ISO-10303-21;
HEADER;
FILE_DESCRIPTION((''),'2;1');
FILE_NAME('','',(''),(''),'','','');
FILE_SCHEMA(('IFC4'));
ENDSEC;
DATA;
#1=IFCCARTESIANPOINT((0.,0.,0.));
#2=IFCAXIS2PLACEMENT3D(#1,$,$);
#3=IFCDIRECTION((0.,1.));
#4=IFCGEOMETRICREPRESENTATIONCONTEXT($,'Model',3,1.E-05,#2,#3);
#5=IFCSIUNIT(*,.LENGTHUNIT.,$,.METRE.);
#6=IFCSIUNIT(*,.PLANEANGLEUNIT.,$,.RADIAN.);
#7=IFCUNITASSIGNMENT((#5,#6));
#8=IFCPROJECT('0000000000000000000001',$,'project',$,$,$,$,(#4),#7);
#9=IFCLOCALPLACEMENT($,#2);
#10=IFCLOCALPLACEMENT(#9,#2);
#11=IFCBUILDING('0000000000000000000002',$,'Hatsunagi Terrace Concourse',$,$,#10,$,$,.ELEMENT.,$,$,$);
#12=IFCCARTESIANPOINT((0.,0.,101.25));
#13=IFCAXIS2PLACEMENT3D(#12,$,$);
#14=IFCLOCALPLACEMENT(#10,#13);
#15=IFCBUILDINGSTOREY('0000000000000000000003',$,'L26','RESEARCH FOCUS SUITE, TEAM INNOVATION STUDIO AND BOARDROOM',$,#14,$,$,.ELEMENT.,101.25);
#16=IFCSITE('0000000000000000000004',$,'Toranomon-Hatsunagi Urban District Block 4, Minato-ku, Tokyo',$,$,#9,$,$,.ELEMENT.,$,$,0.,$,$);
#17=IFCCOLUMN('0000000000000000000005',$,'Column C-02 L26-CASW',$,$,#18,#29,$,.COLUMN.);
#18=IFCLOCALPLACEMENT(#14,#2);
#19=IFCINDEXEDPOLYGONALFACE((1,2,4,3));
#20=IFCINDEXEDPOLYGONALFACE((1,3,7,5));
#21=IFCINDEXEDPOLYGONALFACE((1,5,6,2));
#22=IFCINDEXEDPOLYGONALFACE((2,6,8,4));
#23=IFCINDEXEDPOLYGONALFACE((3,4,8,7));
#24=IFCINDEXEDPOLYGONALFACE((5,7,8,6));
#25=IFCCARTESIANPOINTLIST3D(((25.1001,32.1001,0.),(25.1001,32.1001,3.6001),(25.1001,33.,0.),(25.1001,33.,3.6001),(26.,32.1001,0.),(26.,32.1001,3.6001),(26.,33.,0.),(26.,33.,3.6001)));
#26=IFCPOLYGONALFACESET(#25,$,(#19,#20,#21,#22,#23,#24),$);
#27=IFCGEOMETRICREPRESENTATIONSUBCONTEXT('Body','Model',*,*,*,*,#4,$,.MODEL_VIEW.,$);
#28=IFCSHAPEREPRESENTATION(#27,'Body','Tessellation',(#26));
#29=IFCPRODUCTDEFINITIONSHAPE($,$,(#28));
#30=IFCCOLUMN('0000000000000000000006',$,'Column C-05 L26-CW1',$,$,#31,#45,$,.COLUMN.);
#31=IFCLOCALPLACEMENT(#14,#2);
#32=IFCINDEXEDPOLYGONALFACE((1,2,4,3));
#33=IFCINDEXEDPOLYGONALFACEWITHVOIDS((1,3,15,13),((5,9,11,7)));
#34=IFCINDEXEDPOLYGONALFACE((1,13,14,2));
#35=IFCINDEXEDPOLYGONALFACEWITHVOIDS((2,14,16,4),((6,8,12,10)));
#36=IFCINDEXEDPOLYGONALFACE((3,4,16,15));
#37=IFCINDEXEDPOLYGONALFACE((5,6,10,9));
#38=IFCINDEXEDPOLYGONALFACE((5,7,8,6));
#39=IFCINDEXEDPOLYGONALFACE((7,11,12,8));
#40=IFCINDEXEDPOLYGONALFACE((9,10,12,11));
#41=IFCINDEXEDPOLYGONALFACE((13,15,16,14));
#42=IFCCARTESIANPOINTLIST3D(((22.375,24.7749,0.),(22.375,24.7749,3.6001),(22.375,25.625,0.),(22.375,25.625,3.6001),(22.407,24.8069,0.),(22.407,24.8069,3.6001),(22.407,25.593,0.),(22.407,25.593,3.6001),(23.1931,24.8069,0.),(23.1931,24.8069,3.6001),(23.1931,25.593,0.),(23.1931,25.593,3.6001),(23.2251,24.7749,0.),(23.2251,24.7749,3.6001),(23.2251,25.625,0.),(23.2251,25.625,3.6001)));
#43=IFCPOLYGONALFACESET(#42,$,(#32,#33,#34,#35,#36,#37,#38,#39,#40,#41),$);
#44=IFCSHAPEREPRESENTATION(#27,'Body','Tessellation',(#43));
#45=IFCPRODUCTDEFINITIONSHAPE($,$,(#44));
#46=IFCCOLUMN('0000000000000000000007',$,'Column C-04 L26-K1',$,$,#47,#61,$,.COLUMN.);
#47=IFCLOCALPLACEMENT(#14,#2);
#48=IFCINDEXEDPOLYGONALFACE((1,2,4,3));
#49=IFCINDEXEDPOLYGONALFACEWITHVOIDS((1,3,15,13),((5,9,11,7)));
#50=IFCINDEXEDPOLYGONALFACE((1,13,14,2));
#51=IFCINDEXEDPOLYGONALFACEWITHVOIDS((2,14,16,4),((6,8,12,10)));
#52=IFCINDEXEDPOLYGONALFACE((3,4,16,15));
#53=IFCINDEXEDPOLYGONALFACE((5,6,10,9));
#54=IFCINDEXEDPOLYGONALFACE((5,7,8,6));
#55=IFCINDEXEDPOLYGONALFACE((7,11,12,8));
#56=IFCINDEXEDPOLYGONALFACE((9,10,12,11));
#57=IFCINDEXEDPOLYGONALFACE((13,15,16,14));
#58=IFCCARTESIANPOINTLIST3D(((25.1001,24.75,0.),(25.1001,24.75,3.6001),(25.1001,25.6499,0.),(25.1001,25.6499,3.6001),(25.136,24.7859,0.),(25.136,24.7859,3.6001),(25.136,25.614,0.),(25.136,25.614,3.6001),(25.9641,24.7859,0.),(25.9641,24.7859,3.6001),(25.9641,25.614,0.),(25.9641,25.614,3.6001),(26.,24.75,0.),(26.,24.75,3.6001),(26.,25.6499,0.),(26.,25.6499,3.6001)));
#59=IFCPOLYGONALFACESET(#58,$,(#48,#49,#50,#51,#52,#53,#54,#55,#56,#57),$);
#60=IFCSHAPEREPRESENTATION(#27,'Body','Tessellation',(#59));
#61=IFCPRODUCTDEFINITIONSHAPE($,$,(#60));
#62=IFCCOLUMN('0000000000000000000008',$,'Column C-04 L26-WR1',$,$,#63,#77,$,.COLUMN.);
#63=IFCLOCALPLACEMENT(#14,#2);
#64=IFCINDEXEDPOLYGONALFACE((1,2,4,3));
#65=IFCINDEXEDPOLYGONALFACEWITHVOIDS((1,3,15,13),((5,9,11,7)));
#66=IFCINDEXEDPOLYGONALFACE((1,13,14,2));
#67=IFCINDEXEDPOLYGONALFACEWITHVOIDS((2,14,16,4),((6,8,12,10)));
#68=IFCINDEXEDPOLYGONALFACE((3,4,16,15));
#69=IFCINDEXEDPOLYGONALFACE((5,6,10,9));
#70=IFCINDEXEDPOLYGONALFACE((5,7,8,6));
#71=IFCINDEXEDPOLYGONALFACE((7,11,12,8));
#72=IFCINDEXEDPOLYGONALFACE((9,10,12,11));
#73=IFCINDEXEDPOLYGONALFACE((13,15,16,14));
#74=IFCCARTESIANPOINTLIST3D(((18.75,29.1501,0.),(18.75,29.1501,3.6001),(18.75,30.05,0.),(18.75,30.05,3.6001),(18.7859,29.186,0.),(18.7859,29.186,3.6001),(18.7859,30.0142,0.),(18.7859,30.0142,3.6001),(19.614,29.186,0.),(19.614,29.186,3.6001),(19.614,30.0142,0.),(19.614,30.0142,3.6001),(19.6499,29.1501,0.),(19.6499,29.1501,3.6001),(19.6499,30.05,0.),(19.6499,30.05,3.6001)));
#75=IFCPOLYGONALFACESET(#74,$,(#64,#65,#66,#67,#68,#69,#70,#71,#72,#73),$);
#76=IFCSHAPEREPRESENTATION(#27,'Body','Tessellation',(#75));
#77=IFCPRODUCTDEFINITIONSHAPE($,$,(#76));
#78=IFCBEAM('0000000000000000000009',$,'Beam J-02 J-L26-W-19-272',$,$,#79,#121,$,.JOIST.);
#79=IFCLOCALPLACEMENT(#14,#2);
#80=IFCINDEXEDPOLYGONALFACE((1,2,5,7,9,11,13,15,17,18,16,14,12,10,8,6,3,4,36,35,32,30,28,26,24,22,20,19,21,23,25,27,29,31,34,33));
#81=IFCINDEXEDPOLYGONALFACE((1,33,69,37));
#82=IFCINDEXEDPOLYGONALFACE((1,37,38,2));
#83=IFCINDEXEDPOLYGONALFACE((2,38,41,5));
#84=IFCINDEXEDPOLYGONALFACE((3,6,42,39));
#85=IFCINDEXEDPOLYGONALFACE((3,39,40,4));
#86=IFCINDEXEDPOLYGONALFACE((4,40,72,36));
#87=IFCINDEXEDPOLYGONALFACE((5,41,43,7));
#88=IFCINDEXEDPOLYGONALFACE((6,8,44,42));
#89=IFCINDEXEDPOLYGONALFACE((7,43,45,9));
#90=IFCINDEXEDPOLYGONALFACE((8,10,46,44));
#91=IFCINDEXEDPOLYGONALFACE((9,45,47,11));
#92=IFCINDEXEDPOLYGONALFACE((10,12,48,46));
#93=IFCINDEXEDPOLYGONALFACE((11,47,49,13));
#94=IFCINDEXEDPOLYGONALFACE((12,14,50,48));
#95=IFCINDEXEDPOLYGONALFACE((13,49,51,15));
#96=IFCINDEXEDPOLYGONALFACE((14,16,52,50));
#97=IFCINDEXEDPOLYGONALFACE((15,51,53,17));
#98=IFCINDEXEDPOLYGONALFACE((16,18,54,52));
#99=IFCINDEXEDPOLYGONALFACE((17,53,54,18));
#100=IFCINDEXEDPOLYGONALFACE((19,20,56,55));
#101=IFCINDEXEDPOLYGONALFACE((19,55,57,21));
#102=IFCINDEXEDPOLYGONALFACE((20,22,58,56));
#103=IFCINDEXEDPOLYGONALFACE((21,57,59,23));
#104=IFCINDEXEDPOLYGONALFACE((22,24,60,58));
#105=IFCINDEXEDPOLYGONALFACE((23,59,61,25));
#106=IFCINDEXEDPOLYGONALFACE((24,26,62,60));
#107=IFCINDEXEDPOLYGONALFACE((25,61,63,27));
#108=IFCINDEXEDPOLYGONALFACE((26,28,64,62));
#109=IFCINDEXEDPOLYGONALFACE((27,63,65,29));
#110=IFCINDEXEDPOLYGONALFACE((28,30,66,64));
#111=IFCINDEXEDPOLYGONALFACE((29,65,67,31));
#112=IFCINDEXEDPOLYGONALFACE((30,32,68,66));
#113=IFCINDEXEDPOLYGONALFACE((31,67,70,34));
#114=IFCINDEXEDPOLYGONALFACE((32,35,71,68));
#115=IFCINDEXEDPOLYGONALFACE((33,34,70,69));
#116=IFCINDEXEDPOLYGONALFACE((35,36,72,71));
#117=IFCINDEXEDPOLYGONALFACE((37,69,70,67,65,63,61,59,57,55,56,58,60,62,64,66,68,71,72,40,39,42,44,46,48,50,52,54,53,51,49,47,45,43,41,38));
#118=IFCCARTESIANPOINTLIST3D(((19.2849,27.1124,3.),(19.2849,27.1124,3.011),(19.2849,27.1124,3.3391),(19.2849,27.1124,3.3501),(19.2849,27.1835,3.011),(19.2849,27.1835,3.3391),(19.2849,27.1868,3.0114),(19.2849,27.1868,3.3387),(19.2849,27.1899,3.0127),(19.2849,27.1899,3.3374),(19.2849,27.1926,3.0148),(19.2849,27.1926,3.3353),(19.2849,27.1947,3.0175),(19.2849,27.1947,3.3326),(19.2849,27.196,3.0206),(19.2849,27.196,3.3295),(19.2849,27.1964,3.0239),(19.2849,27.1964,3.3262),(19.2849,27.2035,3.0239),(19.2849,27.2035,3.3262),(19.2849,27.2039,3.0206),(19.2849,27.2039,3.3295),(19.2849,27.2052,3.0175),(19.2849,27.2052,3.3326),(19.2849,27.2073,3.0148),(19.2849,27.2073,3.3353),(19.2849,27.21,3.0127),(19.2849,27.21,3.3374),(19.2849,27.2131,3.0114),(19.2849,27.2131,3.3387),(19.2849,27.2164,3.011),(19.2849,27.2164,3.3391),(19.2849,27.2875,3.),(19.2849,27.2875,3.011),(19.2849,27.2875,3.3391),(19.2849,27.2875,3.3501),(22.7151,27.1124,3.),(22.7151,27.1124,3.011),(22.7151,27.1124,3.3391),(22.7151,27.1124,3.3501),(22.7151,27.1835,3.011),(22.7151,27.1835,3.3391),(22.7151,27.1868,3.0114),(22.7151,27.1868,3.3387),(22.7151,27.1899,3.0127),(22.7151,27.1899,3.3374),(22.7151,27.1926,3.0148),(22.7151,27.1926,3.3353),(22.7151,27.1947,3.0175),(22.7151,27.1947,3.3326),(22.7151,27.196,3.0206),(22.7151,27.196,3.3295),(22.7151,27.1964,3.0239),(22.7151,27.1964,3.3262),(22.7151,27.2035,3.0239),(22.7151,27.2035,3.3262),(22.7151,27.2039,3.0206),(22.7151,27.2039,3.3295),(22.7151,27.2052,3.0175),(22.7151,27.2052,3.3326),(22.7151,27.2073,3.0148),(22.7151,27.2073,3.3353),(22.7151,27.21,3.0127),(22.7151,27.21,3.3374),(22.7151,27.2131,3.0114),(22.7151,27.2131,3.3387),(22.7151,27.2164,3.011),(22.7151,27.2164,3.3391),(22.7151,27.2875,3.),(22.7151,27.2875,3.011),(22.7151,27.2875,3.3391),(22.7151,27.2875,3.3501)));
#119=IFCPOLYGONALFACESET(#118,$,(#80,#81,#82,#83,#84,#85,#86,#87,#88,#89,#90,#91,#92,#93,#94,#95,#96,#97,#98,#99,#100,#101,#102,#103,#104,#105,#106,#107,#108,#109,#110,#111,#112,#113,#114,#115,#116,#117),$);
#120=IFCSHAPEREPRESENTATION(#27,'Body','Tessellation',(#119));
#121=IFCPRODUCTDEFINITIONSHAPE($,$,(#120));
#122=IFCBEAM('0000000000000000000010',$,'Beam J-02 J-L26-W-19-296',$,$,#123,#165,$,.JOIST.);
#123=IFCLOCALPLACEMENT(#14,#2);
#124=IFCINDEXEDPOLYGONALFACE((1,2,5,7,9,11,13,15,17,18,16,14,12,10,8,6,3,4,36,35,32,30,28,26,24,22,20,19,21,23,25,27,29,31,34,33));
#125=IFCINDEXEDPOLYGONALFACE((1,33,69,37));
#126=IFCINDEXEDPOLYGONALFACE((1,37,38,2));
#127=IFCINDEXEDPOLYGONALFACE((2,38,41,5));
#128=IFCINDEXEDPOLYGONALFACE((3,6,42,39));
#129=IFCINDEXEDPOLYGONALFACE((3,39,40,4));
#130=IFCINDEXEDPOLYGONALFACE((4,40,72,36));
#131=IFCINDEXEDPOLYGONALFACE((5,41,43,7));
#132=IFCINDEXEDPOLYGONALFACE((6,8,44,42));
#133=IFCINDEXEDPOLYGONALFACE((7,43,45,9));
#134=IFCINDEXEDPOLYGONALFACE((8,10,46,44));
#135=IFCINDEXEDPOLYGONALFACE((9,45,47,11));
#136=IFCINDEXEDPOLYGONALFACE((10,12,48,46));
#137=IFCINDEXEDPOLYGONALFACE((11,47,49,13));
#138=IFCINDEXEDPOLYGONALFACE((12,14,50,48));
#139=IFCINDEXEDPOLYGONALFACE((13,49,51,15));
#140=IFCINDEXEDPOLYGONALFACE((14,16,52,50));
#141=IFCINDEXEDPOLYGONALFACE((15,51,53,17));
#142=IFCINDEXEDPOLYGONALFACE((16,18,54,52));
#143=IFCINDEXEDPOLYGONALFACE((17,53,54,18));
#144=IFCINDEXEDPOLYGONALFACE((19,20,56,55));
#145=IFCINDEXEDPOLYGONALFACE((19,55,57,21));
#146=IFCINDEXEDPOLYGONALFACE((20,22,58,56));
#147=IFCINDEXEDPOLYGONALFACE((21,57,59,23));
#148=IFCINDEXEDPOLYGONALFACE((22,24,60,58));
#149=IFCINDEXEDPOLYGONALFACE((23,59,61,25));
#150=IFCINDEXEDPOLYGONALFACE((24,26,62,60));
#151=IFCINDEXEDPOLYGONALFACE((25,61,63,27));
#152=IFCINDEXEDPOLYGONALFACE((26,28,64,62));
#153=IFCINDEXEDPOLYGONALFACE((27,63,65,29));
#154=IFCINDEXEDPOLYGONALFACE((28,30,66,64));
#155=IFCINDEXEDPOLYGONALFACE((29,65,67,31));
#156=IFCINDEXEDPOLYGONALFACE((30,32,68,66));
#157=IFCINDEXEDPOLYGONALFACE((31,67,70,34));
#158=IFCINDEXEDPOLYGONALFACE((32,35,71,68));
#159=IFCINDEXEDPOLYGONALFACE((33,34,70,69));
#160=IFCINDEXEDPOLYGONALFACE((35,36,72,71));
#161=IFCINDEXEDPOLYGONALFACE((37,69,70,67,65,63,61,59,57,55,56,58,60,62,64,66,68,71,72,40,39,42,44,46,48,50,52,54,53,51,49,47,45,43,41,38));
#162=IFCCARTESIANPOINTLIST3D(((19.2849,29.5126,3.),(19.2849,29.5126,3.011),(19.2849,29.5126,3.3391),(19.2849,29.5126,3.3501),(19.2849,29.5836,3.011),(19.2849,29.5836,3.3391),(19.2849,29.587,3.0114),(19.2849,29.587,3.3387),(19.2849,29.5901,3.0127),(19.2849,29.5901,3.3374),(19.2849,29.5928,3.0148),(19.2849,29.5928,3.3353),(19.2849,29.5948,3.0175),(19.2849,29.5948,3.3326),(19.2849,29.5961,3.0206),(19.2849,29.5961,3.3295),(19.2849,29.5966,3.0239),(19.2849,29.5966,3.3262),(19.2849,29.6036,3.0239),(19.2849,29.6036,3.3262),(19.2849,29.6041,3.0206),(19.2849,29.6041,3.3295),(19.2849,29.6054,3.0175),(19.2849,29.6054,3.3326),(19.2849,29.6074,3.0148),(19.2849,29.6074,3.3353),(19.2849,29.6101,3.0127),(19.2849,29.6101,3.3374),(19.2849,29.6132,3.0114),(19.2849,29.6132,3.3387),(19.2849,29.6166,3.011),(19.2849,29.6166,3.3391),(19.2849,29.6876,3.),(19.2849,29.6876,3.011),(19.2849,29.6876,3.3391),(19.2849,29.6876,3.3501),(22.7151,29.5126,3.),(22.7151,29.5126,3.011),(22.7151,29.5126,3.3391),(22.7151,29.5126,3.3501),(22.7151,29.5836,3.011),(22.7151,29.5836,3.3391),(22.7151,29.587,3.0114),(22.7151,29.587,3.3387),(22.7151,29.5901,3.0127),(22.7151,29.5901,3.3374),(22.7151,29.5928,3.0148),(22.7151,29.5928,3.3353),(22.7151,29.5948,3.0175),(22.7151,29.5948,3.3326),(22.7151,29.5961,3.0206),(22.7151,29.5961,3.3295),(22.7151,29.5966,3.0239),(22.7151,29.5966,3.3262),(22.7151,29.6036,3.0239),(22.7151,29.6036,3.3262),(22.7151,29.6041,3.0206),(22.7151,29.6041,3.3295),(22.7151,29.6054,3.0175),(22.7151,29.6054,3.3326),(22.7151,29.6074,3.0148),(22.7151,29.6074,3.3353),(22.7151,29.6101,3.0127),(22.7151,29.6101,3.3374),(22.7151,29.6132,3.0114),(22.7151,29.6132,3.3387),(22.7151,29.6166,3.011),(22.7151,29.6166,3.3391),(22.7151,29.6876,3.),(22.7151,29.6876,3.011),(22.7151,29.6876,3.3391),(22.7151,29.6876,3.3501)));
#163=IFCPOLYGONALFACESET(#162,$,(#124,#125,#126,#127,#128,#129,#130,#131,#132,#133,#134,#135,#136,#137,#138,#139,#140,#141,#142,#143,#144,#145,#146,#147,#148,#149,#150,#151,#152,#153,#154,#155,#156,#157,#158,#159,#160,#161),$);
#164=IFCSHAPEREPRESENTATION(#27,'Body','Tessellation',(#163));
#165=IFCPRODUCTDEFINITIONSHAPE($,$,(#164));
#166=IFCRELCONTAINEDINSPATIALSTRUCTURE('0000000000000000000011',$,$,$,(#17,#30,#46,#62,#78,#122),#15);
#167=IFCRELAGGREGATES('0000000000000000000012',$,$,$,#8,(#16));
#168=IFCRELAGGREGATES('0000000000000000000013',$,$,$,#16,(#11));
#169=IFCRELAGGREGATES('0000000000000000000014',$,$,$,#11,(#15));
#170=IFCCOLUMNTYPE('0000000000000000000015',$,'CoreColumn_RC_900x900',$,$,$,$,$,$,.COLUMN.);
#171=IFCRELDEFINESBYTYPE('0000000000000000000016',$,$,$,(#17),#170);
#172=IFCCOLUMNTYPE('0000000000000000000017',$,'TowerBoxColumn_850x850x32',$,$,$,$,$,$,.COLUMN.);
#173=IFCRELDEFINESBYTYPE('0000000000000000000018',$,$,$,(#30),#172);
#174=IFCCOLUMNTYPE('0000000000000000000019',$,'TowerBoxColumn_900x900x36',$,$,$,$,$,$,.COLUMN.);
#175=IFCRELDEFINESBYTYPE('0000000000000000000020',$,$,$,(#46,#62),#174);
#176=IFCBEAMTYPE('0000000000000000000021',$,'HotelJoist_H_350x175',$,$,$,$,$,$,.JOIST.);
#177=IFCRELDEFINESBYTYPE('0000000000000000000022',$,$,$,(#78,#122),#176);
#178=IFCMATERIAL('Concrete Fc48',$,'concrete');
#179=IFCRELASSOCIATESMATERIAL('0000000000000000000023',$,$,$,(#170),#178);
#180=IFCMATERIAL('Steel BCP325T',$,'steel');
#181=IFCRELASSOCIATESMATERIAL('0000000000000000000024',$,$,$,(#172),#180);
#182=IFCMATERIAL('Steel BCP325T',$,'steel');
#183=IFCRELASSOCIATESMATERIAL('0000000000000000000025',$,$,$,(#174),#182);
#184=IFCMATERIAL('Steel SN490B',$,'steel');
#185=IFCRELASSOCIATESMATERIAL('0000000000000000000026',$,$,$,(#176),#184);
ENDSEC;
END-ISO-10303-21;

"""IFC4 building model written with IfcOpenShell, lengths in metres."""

from ifc_helpers import new_model, si_unit, direction, frame, origin, origin_2d, place, context, subcontext, project, spatial, rectangle, hollow_rectangle, i_section, extrude, material, material_profile, profile_set, type_object, element, save


model = new_model("IFC4")

# Units and contexts
model_context = context("Model", 3, precision=1e-05, world=origin(), true_north=direction((0.0, 1.0)))
body_context = subcontext(model_context, "Body", "Model", "MODEL_VIEW")
ifc_project = project(units=[si_unit("LENGTHUNIT", "METRE"), si_unit("PLANEANGLEUNIT", "RADIAN")], contexts=[model_context])

# Site, building, storey
site_placement = place(None, origin())
site = spatial("IfcSite", under=ifc_project, at=site_placement, Name="Toranomon-Hatsunagi Urban District Block 4, Minato-ku, Tokyo", CompositionType="ELEMENT", RefElevation=0.0)
building_placement = place(site_placement, origin())
building = spatial("IfcBuilding", under=site, at=building_placement, Name="Hatsunagi Terrace Concourse", CompositionType="ELEMENT")
storey_placement = place(building_placement, frame((0.0, 0.0, 101.25)))
storey = spatial("IfcBuildingStorey", under=building, at=storey_placement, Name="L26", Description="RESEARCH FOCUS SUITE, TEAM INNOVATION STUDIO AND BOARDROOM", CompositionType="ELEMENT", Elevation=101.25)

# Columns
ifc_material_1 = material(Name="Concrete Fc48", Category="concrete")
ifc_material_profile_1 = material_profile(ifc_material_1, rectangle(XDim=0.8999, YDim=0.8999, at=origin_2d()), Name="RC-900x900")
ifc_profile_set_1 = profile_set([ifc_material_profile_1], Name="Concrete Fc48")
column_type_1 = type_object("IfcColumnType", Name="CoreColumn_RC_900x900", PredefinedType="COLUMN", material=ifc_profile_set_1)
column_1_placement = place(storey_placement, frame((25.55, 32.55, 0.0), z_axis=(0.0, 0.0, 1.0), x_axis=(1.0, 0.0, 0.0)))
element("IfcColumn", 1, at=column_1_placement, inside=storey, type_object=column_type_1, Name="Column C-02 L26-CASW", PredefinedType="COLUMN", context=body_context, shape_type="SweptSolid", body=[
    extrude(rectangle(XDim=0.8999, YDim=0.8999, at=origin_2d()), origin(), (0.0, 0.0, 1.0), 3.6001),
])
ifc_material_2 = material(Name="Steel BCP325T", Category="steel")
ifc_material_profile_2 = material_profile(ifc_material_2, hollow_rectangle(XDim=0.8501, YDim=0.8501, WallThickness=0.032, at=origin_2d()), Name="BCP-850x850x32")
ifc_profile_set_2 = profile_set([ifc_material_profile_2], Name="Steel BCP325T")
column_type_2 = type_object("IfcColumnType", Name="TowerBoxColumn_850x850x32", PredefinedType="COLUMN", material=ifc_profile_set_2)
column_2_placement = place(storey_placement, frame((22.8, 25.2, 0.0), z_axis=(0.0, 0.0, 1.0), x_axis=(1.0, 0.0, 0.0)))
element("IfcColumn", 2, at=column_2_placement, inside=storey, type_object=column_type_2, Name="Column C-05 L26-CW1", PredefinedType="COLUMN", context=body_context, shape_type="SweptSolid", body=[
    extrude(hollow_rectangle(XDim=0.8501, YDim=0.8501, WallThickness=0.032, at=origin_2d()), origin(), (0.0, 0.0, 1.0), 3.6001),
])
ifc_material_3 = material(Name="Steel BCP325T", Category="steel")
ifc_material_profile_3 = material_profile(ifc_material_3, hollow_rectangle(XDim=0.8999, YDim=0.8999, WallThickness=0.0359, at=origin_2d()), Name="BCP-900x900x36")
ifc_profile_set_3 = profile_set([ifc_material_profile_3], Name="Steel BCP325T")
column_type_3 = type_object("IfcColumnType", Name="TowerBoxColumn_900x900x36", PredefinedType="COLUMN", material=ifc_profile_set_3)
for number, where, z_axis, x_axis, name in (
    (3, (25.55, 25.2, 0.0), (0.0, 0.0, 1.0), (1.0, 0.0, 0.0), "Column C-04 L26-K1"),
    (4, (19.2, 29.6001, 0.0), (0.0, 0.0, 1.0), (1.0, 0.0, 0.0), "Column C-04 L26-WR1"),
):
    element("IfcColumn", number, at=place(storey_placement, frame(where, z_axis=z_axis, x_axis=x_axis)), inside=storey, type_object=column_type_3, Name=name, PredefinedType="COLUMN", context=body_context, shape_type="SweptSolid", body=[
        extrude(hollow_rectangle(XDim=0.8999, YDim=0.8999, WallThickness=0.0359, at=origin_2d()), origin(), (0.0, 0.0, 1.0), 3.6001),
    ])

# Beams
ifc_material_4 = material(Name="Steel SN490B", Category="steel")
ifc_material_profile_4 = material_profile(ifc_material_4, i_section(OverallWidth=0.175, OverallDepth=0.3501, WebThickness=0.0071, FlangeThickness=0.011, FilletRadius=0.0129, at=origin_2d()), Name="H-350x175x7x11")
ifc_profile_set_4 = profile_set([ifc_material_profile_4], Name="Steel SN490B")
beam_type_1 = type_object("IfcBeamType", Name="HotelJoist_H_350x175", PredefinedType="JOIST", material=ifc_profile_set_4)
for number, where, z_axis, x_axis, name in (
    (5, (19.2849, 27.2, 3.175), (1.0, 0.0, 0.0), (0.0, 1.0, 0.0), "Beam J-02 J-L26-W-19-272"),
    (6, (19.2849, 29.6001, 3.175), (1.0, 0.0, 0.0), (0.0, 1.0, 0.0), "Beam J-02 J-L26-W-19-296"),
):
    element("IfcBeam", number, at=place(storey_placement, frame(where, z_axis=z_axis, x_axis=x_axis)), inside=storey, type_object=beam_type_1, Name=name, PredefinedType="JOIST", context=body_context, shape_type="SweptSolid", body=[
        extrude(i_section(OverallWidth=0.175, OverallDepth=0.3501, WebThickness=0.0071, FlangeThickness=0.011, FilletRadius=0.0129, at=origin_2d()), origin(), (0.0, 0.0, 1.0), 3.4302),
    ])

save(model, "model.ifc")
